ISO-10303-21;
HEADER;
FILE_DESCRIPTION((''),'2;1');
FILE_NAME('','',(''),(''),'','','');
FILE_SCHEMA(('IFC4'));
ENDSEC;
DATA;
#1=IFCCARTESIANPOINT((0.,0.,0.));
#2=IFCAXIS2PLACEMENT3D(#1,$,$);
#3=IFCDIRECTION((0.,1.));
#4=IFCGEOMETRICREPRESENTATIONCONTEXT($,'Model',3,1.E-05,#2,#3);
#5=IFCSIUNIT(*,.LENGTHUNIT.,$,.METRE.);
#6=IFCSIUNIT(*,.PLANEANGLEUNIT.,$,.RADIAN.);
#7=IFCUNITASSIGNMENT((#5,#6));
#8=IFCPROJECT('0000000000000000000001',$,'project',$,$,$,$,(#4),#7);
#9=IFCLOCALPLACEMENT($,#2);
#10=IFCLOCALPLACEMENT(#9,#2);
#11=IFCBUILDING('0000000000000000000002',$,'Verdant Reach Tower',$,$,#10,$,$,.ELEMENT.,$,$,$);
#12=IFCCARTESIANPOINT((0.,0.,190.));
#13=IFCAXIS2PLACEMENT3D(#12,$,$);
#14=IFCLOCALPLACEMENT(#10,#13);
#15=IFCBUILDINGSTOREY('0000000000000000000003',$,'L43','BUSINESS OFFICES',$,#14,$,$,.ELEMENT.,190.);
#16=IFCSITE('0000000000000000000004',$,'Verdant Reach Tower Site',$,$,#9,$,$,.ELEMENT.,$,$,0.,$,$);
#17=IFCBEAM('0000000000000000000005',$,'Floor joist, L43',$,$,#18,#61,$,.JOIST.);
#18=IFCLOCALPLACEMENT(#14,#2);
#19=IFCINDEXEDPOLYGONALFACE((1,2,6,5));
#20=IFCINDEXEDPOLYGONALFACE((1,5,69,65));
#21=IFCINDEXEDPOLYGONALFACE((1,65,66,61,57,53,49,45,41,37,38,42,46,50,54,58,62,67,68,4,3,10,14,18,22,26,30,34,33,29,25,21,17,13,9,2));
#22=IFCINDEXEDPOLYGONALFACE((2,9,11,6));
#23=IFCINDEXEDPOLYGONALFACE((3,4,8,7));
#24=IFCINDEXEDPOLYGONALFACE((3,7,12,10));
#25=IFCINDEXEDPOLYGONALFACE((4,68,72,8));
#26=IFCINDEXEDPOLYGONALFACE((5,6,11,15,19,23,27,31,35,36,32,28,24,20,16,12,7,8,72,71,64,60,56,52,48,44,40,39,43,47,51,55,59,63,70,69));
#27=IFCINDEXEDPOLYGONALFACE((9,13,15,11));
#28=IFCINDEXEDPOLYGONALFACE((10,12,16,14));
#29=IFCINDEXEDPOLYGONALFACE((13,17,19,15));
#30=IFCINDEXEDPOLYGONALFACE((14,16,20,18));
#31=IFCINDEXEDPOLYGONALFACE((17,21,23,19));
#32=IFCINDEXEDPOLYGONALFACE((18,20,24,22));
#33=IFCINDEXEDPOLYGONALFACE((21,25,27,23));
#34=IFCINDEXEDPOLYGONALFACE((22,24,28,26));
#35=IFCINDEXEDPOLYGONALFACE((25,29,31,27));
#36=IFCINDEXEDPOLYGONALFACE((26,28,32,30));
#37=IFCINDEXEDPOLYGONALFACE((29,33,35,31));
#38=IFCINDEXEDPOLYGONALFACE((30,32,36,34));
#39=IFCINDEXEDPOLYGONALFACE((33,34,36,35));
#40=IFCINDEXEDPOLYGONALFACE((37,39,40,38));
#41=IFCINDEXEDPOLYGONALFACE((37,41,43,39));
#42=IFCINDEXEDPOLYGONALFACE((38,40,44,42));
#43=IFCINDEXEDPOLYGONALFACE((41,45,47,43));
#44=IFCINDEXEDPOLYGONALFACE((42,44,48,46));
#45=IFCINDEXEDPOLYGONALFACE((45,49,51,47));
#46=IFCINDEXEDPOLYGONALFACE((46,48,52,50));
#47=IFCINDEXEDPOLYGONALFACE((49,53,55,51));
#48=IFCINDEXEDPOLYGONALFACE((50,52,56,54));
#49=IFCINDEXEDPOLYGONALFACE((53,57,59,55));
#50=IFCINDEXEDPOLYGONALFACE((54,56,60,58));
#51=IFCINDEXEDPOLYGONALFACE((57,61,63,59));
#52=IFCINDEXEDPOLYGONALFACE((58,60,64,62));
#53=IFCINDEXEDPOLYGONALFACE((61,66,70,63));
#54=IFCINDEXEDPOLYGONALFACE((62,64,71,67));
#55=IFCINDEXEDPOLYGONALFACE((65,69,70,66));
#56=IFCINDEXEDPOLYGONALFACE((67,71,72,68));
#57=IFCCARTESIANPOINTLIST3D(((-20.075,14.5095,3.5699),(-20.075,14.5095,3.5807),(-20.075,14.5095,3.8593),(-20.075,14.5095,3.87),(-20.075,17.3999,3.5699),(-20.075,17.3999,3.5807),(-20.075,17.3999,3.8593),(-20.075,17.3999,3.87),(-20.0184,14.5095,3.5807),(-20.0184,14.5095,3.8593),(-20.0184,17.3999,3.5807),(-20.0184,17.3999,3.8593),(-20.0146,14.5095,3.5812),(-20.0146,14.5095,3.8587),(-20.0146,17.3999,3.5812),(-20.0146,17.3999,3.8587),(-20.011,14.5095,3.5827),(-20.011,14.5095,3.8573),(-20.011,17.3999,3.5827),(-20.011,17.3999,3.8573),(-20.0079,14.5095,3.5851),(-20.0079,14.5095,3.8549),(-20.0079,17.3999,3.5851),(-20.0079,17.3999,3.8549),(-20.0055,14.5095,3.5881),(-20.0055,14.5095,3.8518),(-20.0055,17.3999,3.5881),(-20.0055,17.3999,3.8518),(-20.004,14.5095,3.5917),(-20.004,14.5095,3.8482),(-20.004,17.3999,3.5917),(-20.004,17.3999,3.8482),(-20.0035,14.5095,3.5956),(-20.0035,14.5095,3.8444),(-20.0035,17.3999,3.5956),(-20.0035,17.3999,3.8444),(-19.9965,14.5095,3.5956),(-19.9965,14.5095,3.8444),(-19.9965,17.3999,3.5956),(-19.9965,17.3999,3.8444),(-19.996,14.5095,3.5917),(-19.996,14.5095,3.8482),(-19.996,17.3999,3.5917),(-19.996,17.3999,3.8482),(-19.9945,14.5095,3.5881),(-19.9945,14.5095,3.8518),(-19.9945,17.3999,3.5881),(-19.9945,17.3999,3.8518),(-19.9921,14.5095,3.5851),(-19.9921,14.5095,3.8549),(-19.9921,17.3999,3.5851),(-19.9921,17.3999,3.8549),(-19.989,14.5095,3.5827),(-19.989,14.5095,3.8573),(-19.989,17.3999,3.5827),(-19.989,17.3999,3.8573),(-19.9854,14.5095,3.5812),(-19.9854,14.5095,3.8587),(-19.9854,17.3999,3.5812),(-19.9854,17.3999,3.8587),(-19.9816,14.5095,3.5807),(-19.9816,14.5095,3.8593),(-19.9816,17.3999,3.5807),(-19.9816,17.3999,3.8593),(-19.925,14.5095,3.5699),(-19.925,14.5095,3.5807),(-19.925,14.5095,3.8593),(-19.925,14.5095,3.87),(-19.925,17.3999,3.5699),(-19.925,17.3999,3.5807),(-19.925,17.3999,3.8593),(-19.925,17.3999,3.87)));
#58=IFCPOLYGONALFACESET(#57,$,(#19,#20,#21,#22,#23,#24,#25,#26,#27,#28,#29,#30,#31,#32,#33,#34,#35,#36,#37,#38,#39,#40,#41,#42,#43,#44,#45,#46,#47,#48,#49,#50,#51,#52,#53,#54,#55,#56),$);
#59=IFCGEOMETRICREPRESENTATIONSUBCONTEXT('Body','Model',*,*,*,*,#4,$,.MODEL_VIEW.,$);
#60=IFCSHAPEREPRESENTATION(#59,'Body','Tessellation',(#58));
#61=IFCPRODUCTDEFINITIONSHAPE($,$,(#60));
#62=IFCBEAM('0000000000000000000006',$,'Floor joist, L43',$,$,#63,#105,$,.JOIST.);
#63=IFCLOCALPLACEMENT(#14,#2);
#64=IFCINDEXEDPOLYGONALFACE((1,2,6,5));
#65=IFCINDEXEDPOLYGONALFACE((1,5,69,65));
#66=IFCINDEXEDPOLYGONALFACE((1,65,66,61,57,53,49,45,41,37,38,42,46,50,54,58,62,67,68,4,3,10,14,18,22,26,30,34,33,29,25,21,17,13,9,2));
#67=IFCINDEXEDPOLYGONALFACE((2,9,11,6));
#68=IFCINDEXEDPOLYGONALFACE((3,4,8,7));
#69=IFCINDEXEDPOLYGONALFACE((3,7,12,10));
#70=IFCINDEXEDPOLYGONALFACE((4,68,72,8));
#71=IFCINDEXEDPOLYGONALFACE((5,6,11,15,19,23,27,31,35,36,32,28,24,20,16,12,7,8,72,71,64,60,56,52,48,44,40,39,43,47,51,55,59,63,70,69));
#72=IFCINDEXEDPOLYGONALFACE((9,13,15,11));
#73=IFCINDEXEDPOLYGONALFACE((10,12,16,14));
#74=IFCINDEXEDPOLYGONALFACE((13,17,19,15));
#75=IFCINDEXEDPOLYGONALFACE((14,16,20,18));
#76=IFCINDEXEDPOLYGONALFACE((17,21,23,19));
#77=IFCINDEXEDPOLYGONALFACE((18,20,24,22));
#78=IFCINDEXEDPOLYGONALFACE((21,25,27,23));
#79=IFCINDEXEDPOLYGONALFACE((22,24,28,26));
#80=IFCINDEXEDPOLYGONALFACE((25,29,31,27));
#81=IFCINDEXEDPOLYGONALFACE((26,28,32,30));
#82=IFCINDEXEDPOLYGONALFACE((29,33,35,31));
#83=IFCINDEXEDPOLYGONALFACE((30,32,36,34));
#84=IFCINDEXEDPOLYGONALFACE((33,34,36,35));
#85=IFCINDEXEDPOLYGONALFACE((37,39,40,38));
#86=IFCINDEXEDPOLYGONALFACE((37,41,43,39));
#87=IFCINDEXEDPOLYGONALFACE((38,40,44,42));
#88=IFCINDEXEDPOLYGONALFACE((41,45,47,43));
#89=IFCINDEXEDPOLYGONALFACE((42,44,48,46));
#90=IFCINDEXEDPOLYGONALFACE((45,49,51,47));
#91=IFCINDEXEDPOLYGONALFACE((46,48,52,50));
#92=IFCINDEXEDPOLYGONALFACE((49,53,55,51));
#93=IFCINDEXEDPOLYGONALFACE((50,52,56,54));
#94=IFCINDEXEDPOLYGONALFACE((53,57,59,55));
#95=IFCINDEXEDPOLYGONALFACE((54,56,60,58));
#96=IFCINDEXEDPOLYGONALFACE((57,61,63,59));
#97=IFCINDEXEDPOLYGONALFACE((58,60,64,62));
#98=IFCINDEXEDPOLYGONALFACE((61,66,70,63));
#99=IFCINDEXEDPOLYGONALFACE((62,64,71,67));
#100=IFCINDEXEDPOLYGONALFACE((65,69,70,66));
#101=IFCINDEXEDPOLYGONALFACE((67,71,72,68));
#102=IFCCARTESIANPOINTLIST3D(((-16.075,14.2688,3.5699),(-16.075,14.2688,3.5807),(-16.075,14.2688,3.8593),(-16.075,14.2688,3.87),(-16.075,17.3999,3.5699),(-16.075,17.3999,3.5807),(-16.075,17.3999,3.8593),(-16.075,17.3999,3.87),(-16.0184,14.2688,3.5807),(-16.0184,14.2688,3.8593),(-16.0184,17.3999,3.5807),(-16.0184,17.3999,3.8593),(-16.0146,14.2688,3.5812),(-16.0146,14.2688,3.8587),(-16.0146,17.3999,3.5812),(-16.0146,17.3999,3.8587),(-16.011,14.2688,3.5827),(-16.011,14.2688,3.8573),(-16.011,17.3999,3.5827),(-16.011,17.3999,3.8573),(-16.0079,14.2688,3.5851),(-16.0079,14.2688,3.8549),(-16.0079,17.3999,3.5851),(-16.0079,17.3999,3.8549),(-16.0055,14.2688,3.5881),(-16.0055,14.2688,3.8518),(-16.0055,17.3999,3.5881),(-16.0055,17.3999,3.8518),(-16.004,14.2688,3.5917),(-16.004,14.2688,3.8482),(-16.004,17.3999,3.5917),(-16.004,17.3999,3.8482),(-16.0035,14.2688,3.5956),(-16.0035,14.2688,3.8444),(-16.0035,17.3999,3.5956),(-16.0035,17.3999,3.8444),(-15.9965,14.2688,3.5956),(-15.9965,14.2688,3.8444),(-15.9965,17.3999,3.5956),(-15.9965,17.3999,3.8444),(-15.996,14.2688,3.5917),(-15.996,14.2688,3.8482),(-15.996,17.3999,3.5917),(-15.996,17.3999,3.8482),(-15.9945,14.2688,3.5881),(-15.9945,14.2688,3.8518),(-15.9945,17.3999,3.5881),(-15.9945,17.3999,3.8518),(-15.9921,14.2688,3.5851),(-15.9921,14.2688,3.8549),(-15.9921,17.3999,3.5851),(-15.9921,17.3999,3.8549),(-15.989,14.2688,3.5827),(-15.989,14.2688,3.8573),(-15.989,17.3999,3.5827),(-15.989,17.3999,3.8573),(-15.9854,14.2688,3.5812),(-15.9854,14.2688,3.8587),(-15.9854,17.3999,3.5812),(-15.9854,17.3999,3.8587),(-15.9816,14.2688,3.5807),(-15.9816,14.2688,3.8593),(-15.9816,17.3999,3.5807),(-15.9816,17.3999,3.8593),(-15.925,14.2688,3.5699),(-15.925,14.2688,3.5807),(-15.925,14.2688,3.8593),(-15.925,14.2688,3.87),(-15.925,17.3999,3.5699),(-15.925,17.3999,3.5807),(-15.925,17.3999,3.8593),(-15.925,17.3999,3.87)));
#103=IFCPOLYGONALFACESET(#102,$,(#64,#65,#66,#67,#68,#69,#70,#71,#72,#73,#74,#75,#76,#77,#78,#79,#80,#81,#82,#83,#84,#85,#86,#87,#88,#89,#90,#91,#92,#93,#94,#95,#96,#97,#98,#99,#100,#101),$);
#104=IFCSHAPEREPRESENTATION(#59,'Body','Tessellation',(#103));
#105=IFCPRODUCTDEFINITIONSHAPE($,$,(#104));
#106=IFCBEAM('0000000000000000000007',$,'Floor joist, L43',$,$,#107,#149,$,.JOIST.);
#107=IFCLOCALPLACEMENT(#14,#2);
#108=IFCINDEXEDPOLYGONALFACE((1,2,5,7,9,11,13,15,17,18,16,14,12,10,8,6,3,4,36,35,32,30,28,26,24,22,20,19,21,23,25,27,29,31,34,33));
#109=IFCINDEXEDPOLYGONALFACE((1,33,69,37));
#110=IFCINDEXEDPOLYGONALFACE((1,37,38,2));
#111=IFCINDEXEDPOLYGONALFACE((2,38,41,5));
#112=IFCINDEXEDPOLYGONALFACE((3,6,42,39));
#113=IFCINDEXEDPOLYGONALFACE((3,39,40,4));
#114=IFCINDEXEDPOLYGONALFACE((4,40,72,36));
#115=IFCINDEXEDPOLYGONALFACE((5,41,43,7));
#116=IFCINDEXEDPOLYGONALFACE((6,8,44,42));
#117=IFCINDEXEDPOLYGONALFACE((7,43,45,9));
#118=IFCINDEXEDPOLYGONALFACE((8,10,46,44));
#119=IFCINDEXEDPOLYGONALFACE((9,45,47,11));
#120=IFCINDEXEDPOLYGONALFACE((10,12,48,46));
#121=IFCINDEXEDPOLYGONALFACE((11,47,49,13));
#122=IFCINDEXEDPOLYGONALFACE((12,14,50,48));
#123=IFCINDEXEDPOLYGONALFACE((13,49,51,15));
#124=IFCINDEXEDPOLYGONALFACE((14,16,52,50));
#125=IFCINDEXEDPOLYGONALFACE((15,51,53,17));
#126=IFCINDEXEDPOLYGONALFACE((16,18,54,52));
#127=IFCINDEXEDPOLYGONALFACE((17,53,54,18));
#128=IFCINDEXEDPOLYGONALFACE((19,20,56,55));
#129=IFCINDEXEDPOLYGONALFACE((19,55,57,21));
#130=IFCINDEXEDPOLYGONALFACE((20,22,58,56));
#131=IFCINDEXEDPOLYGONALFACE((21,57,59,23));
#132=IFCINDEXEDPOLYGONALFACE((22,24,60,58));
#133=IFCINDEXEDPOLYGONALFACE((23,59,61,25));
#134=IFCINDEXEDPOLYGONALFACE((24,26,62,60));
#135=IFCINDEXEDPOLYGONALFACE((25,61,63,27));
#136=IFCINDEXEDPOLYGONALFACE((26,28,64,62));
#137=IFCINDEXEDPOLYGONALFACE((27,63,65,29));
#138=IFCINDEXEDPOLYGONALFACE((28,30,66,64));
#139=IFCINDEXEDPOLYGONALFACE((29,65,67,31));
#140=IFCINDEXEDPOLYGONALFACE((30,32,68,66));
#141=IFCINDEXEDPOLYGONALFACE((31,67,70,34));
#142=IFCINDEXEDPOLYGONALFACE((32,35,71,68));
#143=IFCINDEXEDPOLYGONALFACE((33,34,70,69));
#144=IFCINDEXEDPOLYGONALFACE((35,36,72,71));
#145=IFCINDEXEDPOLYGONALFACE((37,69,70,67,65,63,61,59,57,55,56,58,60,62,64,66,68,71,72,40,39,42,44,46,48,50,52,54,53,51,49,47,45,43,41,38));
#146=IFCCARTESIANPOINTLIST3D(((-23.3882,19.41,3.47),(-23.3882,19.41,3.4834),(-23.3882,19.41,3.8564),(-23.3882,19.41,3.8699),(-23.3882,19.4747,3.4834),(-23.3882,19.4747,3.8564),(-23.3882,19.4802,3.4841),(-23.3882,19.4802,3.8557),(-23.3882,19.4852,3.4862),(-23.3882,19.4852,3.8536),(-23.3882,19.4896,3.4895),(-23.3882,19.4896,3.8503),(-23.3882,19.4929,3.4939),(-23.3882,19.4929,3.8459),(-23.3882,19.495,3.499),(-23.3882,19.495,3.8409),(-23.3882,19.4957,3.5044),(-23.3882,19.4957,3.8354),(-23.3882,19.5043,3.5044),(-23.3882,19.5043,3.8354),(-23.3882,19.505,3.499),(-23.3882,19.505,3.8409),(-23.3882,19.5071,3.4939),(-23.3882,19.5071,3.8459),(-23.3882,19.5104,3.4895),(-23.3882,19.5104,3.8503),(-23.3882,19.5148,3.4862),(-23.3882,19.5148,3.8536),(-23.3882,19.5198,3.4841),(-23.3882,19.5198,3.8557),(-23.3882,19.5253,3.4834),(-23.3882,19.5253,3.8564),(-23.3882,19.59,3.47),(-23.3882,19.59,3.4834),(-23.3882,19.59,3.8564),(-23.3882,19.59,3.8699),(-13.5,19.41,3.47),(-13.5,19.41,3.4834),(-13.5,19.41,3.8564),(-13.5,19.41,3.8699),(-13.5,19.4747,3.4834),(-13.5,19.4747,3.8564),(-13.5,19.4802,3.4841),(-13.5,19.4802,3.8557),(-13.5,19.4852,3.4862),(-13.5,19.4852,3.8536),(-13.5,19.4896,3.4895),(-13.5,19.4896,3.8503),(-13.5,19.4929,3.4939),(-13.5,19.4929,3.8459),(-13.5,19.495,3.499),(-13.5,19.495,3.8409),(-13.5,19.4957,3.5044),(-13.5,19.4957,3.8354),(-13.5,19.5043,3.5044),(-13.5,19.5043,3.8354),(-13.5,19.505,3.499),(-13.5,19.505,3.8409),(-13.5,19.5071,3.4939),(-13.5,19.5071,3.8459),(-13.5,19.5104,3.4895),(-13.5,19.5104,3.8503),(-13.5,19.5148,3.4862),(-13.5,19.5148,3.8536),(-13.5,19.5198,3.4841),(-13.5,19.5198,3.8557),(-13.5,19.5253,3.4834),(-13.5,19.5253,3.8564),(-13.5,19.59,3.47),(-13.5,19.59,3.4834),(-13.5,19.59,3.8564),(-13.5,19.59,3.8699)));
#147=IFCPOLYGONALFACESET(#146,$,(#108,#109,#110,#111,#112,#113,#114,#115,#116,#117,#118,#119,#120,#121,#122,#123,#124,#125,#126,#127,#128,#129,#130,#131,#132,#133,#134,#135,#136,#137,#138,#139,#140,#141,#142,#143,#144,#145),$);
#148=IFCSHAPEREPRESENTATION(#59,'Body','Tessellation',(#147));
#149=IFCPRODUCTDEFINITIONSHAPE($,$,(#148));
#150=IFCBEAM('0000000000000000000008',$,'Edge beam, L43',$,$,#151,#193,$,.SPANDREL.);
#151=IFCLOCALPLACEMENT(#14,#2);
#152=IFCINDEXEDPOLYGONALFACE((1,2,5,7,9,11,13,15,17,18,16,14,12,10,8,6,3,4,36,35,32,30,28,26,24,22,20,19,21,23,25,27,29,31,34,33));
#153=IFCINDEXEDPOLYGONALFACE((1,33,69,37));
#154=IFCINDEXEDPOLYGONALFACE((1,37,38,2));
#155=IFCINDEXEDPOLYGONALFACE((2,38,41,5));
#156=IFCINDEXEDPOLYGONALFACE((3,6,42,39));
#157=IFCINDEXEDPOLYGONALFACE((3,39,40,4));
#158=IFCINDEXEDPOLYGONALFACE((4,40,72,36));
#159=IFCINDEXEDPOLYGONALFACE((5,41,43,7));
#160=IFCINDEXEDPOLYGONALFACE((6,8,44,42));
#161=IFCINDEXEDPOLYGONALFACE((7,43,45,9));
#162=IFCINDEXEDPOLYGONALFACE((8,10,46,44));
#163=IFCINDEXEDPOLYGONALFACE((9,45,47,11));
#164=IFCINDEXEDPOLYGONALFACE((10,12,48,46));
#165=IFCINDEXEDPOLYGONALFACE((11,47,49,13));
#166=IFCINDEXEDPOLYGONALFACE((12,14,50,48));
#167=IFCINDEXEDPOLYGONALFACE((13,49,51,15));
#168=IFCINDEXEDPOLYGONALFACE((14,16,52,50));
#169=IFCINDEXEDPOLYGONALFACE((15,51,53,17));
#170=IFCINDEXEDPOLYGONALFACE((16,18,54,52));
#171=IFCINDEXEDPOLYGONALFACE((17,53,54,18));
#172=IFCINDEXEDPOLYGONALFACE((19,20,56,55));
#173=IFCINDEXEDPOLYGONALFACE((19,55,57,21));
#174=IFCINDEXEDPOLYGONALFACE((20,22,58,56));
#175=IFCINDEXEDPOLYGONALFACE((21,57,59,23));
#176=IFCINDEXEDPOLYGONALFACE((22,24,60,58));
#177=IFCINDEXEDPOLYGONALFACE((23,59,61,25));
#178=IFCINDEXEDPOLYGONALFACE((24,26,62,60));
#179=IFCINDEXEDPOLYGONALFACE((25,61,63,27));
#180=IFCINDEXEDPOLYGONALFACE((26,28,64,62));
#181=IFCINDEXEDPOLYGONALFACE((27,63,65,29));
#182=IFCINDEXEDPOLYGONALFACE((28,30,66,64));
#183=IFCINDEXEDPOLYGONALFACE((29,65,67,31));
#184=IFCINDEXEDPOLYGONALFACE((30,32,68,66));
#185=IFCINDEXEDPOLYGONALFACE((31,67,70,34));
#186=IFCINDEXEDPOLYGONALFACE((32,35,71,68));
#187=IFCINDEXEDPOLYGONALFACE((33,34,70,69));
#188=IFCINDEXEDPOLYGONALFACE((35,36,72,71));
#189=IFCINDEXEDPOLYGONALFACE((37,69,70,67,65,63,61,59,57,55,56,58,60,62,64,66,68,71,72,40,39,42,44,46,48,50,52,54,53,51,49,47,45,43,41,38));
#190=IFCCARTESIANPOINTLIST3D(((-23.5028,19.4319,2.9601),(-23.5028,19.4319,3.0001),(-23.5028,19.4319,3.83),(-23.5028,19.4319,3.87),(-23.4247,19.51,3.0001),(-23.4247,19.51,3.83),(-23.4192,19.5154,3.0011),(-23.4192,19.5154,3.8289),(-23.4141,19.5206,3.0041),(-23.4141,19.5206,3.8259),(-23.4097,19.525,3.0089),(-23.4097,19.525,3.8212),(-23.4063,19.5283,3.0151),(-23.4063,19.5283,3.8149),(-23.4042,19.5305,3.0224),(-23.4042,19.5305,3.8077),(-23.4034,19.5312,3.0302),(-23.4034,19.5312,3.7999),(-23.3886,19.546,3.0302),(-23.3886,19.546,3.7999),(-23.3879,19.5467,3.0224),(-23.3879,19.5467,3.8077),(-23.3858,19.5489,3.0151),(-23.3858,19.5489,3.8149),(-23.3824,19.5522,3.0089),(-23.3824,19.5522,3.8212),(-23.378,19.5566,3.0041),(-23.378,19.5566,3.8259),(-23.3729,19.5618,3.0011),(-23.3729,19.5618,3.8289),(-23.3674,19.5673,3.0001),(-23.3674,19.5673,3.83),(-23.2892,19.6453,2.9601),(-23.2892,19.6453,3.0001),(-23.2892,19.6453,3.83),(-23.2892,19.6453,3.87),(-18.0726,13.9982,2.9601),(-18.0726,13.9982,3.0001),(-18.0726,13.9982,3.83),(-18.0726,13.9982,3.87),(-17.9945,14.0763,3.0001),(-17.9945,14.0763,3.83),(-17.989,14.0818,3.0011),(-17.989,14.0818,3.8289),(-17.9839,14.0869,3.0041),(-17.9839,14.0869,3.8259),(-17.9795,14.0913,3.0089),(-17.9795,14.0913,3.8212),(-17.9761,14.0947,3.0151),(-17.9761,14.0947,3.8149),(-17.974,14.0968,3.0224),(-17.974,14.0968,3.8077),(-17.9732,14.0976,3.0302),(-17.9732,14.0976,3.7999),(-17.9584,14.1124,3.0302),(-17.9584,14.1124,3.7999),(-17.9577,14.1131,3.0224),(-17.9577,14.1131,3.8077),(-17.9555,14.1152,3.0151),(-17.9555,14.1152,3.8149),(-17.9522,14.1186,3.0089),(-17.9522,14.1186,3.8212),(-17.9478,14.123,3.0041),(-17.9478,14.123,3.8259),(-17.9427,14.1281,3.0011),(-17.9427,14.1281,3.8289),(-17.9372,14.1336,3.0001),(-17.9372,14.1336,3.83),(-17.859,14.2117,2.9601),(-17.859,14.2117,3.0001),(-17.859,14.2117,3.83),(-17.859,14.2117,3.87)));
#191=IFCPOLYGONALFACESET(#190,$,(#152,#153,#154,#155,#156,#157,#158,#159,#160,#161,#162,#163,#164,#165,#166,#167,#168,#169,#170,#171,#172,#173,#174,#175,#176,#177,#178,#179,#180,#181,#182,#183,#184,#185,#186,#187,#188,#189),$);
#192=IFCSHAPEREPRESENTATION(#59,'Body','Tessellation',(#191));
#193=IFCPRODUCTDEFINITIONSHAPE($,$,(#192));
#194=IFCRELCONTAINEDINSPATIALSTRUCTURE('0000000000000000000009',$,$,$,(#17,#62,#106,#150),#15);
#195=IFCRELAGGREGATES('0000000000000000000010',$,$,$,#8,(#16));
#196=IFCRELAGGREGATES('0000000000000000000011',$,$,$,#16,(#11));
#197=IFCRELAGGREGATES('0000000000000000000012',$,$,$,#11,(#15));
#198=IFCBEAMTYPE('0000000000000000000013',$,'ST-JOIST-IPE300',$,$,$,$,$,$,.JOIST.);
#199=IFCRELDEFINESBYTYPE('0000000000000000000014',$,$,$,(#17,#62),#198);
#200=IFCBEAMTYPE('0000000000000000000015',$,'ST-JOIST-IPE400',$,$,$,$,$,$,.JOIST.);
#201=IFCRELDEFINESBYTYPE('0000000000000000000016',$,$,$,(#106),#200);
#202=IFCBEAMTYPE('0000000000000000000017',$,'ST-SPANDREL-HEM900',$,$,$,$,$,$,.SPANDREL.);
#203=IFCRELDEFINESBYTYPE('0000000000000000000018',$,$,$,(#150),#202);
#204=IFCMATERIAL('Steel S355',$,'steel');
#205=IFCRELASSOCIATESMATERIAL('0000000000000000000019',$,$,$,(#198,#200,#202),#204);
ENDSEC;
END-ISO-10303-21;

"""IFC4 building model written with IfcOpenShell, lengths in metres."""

from ifc_helpers import new_model, si_unit, direction, frame, origin, origin_2d, place, context, subcontext, project, spatial, i_section, extrude, material, material_profile, profile_set, type_object, element, save


model = new_model("IFC4")

# Units and contexts
model_context = context("Model", 3, precision=1e-05, world=origin(), true_north=direction((0.0, 1.0)))
body_context = subcontext(model_context, "Body", "Model", "MODEL_VIEW")
ifc_project = project(units=[si_unit("LENGTHUNIT", "METRE"), si_unit("PLANEANGLEUNIT", "RADIAN")], contexts=[model_context])

# Site, building, storey
site_placement = place(None, origin())
site = spatial("IfcSite", under=ifc_project, at=site_placement, Name="Verdant Reach Tower Site", CompositionType="ELEMENT", RefElevation=0.0)
building_placement = place(site_placement, origin())
building = spatial("IfcBuilding", under=site, at=building_placement, Name="Verdant Reach Tower", CompositionType="ELEMENT")
storey_placement = place(building_placement, frame((0.0, 0.0, 190.0)))
storey = spatial("IfcBuildingStorey", under=building, at=storey_placement, Name="L43", Description="BUSINESS OFFICES", CompositionType="ELEMENT", Elevation=190.0)

# Beams
ifc_material_1 = material(Name="Steel S355", Category="steel")
ifc_material_profile_1 = material_profile(ifc_material_1, i_section(OverallWidth=0.1499, OverallDepth=0.3, WebThickness=0.0071, FlangeThickness=0.0107, FilletRadius=0.0149, at=origin_2d()), Name="IPE 300")
ifc_profile_set_1 = profile_set([ifc_material_profile_1], Name="Steel S355")
beam_type_1 = type_object("IfcBeamType", Name="ST-JOIST-IPE300", PredefinedType="JOIST", material=ifc_profile_set_1)
beam_1_placement = place(storey_placement, frame((-20.0, 17.3999, 3.72), z_axis=(0.0, -1.0, 0.0), x_axis=(1.0, 0.0, 0.0)))
element("IfcBeam", 1, at=beam_1_placement, inside=storey, type_object=beam_type_1, Name="Floor joist, L43", PredefinedType="JOIST", context=body_context, shape_type="SweptSolid", body=[
    extrude(i_section(OverallWidth=0.1499, OverallDepth=0.3, WebThickness=0.0071, FlangeThickness=0.0107, FilletRadius=0.0149, at=origin_2d()), origin(), (0.0, 0.0, 1.0), 2.8904),
])
beam_2_placement = place(storey_placement, frame((-16.0, 17.3999, 3.72), z_axis=(0.0, -1.0, 0.0), x_axis=(1.0, 0.0, 0.0)))
element("IfcBeam", 2, at=beam_2_placement, inside=storey, type_object=beam_type_1, Name="Floor joist, L43", PredefinedType="JOIST", context=body_context, shape_type="SweptSolid", body=[
    extrude(i_section(OverallWidth=0.1499, OverallDepth=0.3, WebThickness=0.0071, FlangeThickness=0.0107, FilletRadius=0.0149, at=origin_2d()), origin(), (0.0, 0.0, 1.0), 3.1311),
])
ifc_material_profile_2 = material_profile(ifc_material_1, i_section(OverallWidth=0.1799, OverallDepth=0.3999, WebThickness=0.0085, FlangeThickness=0.0134, FilletRadius=0.021, at=origin_2d()), Name="IPE 400")
ifc_profile_set_2 = profile_set([ifc_material_profile_2], Name="Steel S355")
beam_type_2 = type_object("IfcBeamType", Name="ST-JOIST-IPE400", PredefinedType="JOIST", material=ifc_profile_set_2)
beam_3_placement = place(storey_placement, frame((-13.5, 19.5, 3.6699), z_axis=(-1.0, 0.0, 0.0), x_axis=(0.0, -1.0, 0.0)))
element("IfcBeam", 3, at=beam_3_placement, inside=storey, type_object=beam_type_2, Name="Floor joist, L43", PredefinedType="JOIST", context=body_context, shape_type="SweptSolid", body=[
    extrude(i_section(OverallWidth=0.1799, OverallDepth=0.3999, WebThickness=0.0085, FlangeThickness=0.0134, FilletRadius=0.021, at=origin_2d()), origin(), (0.0, 0.0, 1.0), 9.8882),
])
ifc_material_profile_3 = material_profile(ifc_material_1, i_section(OverallWidth=0.302, OverallDepth=0.9099, WebThickness=0.021, FlangeThickness=0.04, FilletRadius=0.03, at=origin_2d()), Name="HEM 900")
ifc_profile_set_3 = profile_set([ifc_material_profile_3], Name="Steel S355")
beam_type_3 = type_object("IfcBeamType", Name="ST-SPANDREL-HEM900", PredefinedType="SPANDREL", material=ifc_profile_set_3)
beam_4_placement = place(storey_placement, frame((-17.9658, 14.105, 3.415), z_axis=(-0.706884, 0.707329, 0.0), x_axis=(-0.707329, -0.706884, 0.0)))
element("IfcBeam", 4, at=beam_4_placement, inside=storey, type_object=beam_type_3, Name="Edge beam, L43", PredefinedType="SPANDREL", context=body_context, shape_type="SweptSolid", body=[
    extrude(i_section(OverallWidth=0.302, OverallDepth=0.9099, WebThickness=0.021, FlangeThickness=0.04, FilletRadius=0.03, at=origin_2d()), origin(), (0.0, 0.0, 1.0), 7.6819),
])

save(model, "model.ifc")
